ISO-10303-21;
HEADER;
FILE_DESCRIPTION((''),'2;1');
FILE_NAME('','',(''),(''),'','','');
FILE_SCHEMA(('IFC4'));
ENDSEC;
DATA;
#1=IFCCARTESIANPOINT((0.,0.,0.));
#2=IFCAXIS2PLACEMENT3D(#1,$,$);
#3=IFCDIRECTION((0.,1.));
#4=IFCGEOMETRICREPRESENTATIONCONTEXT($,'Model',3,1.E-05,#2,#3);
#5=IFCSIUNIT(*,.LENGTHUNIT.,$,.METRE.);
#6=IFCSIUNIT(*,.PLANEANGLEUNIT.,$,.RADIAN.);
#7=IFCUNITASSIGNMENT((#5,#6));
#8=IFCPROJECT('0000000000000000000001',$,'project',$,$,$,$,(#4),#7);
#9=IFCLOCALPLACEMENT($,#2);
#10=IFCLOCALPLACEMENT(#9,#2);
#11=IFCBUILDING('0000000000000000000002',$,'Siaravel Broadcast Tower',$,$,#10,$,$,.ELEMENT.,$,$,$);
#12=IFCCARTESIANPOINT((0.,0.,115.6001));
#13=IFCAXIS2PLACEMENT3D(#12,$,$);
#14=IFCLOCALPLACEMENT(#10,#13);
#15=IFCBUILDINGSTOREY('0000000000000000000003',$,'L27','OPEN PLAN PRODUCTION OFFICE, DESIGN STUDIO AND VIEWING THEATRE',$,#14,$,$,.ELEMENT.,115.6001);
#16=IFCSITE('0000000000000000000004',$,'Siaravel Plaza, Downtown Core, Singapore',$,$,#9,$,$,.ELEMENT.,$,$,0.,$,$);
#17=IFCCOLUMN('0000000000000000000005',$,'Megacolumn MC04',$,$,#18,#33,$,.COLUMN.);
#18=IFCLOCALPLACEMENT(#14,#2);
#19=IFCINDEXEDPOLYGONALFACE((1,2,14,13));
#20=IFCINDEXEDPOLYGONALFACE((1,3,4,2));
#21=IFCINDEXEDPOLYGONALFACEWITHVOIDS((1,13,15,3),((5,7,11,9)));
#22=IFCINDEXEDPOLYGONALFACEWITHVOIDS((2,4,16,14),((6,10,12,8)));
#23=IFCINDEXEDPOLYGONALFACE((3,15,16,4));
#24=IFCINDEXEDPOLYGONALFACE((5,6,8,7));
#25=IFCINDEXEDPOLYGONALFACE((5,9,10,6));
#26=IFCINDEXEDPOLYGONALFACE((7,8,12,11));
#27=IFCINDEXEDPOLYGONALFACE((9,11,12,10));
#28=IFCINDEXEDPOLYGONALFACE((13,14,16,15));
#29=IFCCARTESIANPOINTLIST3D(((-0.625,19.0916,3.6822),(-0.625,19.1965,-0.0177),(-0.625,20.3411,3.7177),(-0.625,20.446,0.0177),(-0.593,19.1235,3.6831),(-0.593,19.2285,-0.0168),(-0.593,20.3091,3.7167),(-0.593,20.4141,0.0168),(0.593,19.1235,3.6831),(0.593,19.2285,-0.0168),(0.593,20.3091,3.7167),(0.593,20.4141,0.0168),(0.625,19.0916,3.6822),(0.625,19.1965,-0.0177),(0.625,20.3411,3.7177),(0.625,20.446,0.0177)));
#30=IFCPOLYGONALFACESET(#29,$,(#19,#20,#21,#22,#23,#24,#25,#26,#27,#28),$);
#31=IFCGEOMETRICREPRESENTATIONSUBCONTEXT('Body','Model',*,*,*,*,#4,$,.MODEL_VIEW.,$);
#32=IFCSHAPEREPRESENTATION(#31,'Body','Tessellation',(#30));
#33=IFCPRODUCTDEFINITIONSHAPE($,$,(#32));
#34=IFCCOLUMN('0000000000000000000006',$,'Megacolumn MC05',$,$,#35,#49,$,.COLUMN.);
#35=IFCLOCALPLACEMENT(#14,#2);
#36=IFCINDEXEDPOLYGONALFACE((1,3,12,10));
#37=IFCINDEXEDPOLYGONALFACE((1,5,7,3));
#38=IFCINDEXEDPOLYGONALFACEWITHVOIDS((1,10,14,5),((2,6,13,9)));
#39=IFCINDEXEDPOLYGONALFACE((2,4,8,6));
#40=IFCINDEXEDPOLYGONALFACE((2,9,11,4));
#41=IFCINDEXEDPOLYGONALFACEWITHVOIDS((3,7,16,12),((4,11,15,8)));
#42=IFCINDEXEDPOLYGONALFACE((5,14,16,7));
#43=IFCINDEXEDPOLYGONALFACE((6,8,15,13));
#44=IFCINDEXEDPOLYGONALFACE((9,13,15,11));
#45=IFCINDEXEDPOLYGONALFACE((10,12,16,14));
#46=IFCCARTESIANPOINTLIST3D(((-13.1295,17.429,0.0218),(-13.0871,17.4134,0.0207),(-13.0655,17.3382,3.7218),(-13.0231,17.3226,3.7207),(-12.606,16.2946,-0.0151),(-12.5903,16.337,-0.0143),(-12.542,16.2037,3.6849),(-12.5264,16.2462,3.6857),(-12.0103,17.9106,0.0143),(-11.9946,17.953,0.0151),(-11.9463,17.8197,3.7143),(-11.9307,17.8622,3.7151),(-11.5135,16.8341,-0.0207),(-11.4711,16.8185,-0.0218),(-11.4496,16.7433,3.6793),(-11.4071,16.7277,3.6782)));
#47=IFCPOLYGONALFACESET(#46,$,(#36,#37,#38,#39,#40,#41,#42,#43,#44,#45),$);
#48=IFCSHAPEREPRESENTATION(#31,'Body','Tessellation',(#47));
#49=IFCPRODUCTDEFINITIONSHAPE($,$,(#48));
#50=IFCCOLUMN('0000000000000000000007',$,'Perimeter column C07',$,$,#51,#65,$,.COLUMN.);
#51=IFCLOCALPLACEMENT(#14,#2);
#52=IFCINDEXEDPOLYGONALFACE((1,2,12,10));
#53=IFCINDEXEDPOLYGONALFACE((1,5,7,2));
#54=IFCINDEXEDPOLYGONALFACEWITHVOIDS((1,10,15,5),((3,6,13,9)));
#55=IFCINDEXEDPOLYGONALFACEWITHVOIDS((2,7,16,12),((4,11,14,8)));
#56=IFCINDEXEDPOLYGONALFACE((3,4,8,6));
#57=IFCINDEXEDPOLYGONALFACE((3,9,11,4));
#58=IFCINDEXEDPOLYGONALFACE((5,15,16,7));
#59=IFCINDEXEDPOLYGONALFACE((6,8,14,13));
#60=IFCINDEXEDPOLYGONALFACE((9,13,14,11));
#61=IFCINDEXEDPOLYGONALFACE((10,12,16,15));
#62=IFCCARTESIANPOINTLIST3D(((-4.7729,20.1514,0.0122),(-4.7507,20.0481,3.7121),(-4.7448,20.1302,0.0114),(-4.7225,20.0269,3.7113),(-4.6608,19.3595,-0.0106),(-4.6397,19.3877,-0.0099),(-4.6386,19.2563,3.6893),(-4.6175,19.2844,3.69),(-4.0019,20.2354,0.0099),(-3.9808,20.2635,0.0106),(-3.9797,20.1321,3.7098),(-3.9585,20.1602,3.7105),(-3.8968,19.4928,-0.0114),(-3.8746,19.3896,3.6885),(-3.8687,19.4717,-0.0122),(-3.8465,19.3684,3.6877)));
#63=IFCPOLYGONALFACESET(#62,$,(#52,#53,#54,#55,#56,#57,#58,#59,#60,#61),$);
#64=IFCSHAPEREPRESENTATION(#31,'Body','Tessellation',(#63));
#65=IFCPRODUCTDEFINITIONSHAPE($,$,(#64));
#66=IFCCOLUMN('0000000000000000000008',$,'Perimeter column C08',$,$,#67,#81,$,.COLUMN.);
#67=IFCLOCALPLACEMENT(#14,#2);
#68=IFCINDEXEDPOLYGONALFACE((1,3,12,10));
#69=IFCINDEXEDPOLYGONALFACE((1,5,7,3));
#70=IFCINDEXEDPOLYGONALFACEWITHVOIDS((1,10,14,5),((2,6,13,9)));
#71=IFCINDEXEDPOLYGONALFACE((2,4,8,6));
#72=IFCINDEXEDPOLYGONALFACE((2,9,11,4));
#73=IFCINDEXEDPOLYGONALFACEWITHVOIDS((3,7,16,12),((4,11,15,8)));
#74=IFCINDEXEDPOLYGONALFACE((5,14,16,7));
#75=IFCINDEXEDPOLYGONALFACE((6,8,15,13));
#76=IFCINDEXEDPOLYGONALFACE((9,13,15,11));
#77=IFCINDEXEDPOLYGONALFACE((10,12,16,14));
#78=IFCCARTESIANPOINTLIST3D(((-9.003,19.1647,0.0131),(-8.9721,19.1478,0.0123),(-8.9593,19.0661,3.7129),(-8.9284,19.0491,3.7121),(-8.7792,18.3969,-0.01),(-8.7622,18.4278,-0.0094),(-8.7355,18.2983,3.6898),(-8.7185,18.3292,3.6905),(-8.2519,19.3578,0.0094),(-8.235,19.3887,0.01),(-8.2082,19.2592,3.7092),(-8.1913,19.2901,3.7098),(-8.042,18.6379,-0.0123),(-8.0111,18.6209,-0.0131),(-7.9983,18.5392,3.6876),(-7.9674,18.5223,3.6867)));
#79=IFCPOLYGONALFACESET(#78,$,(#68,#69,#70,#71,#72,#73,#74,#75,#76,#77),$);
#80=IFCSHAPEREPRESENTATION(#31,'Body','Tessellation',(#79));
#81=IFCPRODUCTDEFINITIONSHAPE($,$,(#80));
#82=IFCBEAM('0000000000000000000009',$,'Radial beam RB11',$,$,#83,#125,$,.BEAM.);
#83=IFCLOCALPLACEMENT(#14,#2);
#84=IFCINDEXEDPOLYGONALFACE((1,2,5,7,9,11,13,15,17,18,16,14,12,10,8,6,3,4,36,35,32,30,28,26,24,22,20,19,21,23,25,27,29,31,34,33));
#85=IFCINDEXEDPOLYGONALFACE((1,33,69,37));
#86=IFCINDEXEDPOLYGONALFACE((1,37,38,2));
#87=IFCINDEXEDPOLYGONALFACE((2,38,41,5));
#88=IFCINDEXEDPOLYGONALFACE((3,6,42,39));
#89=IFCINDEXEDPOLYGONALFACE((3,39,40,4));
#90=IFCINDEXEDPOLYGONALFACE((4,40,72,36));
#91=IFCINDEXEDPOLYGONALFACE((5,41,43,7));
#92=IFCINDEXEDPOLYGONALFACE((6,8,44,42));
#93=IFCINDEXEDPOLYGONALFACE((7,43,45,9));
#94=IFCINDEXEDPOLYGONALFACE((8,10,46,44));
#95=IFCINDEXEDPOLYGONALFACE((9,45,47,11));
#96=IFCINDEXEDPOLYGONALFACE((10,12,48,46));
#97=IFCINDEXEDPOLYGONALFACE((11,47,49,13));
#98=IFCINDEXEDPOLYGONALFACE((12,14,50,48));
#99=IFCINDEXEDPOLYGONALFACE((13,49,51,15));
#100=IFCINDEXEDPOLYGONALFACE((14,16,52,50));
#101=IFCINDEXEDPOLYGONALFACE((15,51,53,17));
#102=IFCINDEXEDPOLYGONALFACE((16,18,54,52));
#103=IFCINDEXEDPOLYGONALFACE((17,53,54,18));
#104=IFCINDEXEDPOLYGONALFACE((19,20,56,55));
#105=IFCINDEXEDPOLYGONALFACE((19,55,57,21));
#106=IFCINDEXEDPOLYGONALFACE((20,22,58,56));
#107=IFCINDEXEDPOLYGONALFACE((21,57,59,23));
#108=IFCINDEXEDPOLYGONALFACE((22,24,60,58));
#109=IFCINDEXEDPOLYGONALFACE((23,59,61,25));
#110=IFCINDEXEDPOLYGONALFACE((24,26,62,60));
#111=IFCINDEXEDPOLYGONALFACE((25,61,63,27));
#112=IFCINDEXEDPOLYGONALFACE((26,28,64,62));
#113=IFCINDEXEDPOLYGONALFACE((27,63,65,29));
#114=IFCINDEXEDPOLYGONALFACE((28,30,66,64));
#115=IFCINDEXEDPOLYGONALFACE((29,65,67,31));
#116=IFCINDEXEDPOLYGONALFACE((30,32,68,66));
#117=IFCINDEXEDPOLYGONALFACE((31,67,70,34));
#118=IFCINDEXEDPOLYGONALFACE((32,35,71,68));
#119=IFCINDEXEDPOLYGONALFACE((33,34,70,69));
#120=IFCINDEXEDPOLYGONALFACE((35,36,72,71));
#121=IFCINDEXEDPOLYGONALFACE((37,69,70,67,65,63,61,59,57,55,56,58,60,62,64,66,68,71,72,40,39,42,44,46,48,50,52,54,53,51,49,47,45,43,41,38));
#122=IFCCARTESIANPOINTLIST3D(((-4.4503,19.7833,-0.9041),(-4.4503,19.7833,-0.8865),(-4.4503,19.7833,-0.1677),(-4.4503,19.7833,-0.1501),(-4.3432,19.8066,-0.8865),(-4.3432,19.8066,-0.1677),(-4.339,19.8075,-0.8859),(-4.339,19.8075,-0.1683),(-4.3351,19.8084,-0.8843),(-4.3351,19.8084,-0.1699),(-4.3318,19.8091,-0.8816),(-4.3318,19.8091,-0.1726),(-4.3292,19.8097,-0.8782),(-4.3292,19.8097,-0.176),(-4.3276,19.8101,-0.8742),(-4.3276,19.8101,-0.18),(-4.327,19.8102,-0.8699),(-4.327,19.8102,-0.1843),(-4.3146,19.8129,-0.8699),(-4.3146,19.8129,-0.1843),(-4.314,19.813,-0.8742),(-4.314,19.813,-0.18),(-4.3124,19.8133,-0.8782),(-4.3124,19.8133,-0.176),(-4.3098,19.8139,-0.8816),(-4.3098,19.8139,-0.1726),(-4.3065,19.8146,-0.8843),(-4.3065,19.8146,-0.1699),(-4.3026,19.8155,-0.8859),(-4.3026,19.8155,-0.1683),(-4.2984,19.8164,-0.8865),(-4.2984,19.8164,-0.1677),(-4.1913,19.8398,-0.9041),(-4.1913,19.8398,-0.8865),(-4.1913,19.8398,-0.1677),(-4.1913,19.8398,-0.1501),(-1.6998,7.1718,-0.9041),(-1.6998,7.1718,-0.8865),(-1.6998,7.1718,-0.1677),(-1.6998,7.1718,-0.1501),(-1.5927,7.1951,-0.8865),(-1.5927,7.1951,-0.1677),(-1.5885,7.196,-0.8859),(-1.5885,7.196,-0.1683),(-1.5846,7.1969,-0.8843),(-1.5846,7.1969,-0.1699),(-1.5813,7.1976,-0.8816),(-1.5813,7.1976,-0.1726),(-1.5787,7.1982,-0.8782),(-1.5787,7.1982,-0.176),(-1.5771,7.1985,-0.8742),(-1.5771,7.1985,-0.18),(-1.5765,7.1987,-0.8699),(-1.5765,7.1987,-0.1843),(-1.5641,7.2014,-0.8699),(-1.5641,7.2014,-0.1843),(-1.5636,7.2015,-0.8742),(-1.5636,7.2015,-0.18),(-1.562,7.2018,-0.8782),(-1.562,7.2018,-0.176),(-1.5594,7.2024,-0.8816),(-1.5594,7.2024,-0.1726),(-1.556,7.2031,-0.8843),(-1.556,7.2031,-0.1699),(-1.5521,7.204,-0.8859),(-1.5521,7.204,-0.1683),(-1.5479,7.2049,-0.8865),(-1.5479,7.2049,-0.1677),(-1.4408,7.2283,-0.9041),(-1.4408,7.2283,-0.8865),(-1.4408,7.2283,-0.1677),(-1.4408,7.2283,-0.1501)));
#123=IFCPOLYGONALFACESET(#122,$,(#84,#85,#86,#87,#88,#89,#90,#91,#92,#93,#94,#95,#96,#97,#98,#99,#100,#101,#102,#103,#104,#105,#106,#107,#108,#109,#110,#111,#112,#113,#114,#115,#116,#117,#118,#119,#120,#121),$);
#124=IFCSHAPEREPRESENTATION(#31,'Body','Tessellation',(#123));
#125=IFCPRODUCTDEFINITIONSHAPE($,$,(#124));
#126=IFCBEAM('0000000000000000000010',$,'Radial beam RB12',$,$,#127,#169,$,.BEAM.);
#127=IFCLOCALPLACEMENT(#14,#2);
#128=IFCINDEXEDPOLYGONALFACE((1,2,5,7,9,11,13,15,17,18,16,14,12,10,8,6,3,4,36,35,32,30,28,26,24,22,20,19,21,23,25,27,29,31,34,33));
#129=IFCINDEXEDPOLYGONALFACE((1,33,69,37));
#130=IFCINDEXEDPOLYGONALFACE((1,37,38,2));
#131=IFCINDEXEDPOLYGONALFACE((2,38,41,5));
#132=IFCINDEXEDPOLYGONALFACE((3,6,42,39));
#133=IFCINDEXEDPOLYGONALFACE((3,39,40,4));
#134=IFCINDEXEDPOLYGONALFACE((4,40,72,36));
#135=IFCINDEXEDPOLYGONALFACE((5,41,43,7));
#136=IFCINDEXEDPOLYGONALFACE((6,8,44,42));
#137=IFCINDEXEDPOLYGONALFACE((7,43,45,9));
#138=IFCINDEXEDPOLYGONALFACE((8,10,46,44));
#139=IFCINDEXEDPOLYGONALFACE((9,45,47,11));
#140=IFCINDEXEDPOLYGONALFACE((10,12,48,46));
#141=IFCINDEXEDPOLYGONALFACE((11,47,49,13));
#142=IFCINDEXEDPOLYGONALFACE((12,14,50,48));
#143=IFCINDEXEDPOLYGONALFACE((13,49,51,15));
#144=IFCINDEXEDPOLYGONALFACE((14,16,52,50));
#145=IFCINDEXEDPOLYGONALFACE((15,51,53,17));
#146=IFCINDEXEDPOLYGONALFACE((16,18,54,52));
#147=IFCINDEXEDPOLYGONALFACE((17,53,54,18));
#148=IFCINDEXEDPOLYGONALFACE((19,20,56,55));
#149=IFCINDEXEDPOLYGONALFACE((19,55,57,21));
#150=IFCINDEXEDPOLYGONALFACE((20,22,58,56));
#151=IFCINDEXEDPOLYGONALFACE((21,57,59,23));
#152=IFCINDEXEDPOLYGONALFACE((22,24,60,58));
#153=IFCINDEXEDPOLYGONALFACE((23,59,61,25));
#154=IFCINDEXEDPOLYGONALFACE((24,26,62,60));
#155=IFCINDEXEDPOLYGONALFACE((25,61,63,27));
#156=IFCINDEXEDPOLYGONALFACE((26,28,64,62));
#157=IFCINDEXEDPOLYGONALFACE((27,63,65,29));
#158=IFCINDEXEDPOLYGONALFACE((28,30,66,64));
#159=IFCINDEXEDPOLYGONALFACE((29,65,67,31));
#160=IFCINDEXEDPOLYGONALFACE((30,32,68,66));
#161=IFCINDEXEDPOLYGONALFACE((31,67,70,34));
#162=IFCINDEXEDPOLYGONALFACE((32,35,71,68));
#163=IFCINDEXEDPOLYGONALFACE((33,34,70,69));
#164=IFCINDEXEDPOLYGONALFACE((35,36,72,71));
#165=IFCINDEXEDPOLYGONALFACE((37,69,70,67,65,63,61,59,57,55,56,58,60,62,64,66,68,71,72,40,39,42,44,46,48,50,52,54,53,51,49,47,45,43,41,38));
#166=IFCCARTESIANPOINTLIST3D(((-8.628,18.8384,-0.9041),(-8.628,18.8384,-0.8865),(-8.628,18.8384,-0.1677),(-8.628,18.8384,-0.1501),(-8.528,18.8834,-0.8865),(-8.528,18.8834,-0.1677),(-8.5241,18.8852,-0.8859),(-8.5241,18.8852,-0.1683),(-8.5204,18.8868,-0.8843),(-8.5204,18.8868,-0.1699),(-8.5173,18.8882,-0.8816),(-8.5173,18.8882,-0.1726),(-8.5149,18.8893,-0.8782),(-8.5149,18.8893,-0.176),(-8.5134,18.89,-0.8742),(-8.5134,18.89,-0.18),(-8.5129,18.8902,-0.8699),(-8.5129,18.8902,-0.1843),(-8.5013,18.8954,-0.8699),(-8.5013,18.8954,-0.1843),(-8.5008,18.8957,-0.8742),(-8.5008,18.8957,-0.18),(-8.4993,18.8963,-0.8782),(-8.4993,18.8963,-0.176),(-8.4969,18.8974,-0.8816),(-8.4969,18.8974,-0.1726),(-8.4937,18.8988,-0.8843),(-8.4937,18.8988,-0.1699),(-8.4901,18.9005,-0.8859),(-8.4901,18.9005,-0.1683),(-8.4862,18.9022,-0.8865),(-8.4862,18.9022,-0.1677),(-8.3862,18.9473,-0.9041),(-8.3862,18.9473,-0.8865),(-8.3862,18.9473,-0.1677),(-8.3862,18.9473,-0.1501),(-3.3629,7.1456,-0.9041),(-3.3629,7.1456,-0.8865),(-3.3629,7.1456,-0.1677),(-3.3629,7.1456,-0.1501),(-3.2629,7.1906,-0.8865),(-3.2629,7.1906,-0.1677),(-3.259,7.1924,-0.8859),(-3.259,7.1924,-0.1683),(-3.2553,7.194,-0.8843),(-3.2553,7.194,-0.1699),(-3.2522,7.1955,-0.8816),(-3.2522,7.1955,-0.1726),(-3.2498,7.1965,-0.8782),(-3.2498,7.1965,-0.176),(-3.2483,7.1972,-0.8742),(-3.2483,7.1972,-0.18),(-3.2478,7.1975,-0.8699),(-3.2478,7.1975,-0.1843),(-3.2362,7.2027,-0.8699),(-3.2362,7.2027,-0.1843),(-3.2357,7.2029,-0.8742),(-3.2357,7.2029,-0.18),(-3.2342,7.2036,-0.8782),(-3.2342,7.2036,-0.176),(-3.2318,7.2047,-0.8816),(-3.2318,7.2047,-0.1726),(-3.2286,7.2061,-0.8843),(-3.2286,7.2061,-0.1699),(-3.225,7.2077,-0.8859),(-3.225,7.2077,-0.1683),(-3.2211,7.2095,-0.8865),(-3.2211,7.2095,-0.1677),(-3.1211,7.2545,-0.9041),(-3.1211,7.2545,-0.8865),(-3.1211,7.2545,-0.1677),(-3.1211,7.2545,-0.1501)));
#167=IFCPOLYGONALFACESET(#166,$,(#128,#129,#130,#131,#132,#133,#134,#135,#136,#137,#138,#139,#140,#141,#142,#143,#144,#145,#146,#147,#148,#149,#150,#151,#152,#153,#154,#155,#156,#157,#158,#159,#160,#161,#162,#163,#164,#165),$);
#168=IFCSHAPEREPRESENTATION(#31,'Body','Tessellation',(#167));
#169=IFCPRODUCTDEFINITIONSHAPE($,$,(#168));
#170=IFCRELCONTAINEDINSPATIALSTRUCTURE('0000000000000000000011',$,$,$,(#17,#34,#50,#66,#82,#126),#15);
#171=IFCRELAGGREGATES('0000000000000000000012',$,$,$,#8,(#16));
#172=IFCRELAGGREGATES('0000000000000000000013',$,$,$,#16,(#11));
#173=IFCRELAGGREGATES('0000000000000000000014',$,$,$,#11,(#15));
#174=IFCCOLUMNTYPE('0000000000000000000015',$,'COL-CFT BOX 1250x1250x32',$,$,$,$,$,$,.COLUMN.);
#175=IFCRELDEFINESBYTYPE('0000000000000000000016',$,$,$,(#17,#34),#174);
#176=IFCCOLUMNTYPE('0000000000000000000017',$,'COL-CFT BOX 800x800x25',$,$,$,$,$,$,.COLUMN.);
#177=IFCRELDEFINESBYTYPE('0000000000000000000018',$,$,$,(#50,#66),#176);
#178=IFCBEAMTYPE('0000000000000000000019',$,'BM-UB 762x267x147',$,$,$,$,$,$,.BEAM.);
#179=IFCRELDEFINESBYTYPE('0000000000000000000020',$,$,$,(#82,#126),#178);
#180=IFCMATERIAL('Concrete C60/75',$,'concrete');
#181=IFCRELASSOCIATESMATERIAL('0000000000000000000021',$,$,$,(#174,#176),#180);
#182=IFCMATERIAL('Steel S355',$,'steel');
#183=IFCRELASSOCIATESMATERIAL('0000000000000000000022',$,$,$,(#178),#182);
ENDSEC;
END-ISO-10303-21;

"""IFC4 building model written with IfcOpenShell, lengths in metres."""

from ifc_helpers import new_model, si_unit, direction, frame, origin, origin_2d, place, context, subcontext, project, spatial, hollow_rectangle, i_section, extrude, material, material_profile, profile_set, type_object, element, save


model = new_model("IFC4")

# Units and contexts
model_context = context("Model", 3, precision=1e-05, world=origin(), true_north=direction((0.0, 1.0)))
body_context = subcontext(model_context, "Body", "Model", "MODEL_VIEW")
ifc_project = project(units=[si_unit("LENGTHUNIT", "METRE"), si_unit("PLANEANGLEUNIT", "RADIAN")], contexts=[model_context])

# Site, building, storey
site_placement = place(None, origin())
site = spatial("IfcSite", under=ifc_project, at=site_placement, Name="Siaravel Plaza, Downtown Core, Singapore", CompositionType="ELEMENT", RefElevation=0.0)
building_placement = place(site_placement, origin())
building = spatial("IfcBuilding", under=site, at=building_placement, Name="Siaravel Broadcast Tower", CompositionType="ELEMENT")
storey_placement = place(building_placement, frame((0.0, 0.0, 115.6001)))
storey = spatial("IfcBuildingStorey", under=building, at=storey_placement, Name="L27", Description="OPEN PLAN PRODUCTION OFFICE, DESIGN STUDIO AND VIEWING THEATRE", CompositionType="ELEMENT", Elevation=115.6001)

# Columns
ifc_material_1 = material(Name="Concrete C60/75", Category="concrete")
ifc_material_profile_1 = material_profile(ifc_material_1, hollow_rectangle(XDim=1.25, YDim=1.25, WallThickness=0.032, at=origin_2d()))
ifc_profile_set_1 = profile_set([ifc_material_profile_1], Name="Concrete C60/75")
column_type_1 = type_object("IfcColumnType", Name="COL-CFT BOX 1250x1250x32", PredefinedType="COLUMN", material=ifc_profile_set_1)
column_1_placement = place(storey_placement, frame((0.0, 19.8213, 0.0), z_axis=(0.0, -0.028362, 0.999598), x_axis=(1.0, 0.0, 0.0)))
element("IfcColumn", 1, at=column_1_placement, inside=storey, type_object=column_type_1, Name="Megacolumn MC04", PredefinedType="COLUMN", context=body_context, shape_type="SweptSolid", body=[
    extrude(hollow_rectangle(XDim=1.25, YDim=1.25, WallThickness=0.032, at=origin_2d()), origin(), (0.0, 0.0, 1.0), 3.7014),
])
column_2_placement = place(storey_placement, frame((-12.3003, 17.1238, 0.0), z_axis=(0.01728, -0.024535, 0.99955), x_axis=(0.907898, 0.419155, -0.005407)))
element("IfcColumn", 2, at=column_2_placement, inside=storey, type_object=column_type_1, Name="Megacolumn MC05", PredefinedType="COLUMN", context=body_context, shape_type="SweptSolid", body=[
    extrude(hollow_rectangle(XDim=1.25, YDim=1.25, WallThickness=0.032, at=origin_2d()), origin(), (0.0, 0.0, 1.0), 3.7017),
])
ifc_material_profile_2 = material_profile(ifc_material_1, hollow_rectangle(XDim=0.8, YDim=0.8, WallThickness=0.0249, at=origin_2d()))
ifc_profile_set_2 = profile_set([ifc_material_profile_2], Name="Concrete C60/75")
column_type_2 = type_object("IfcColumnType", Name="COL-CFT BOX 800x800x25", PredefinedType="COLUMN", material=ifc_profile_set_2)
for number, where, z_axis, x_axis, name in (
    (3, (-4.3208, 19.8115, 0.0), (0.006002, -0.0279, 0.999593), (0.990125, 0.140169, -0.002033), "Perimeter column C07"),
    (4, (-8.5071, 18.8928, 0.0), (0.011806, -0.026647, 0.999575), (0.959994, 0.279992, -0.003875), "Perimeter column C08"),
):
    element("IfcColumn", number, at=place(storey_placement, frame(where, z_axis=z_axis, x_axis=x_axis)), inside=storey, type_object=column_type_2, Name=name, PredefinedType="COLUMN", context=body_context, shape_type="SweptSolid", body=[
        extrude(hollow_rectangle(XDim=0.8, YDim=0.8, WallThickness=0.0249, at=origin_2d()), origin(), (0.0, 0.0, 1.0), 3.7014),
    ])

# Beams
ifc_material_2 = material(Name="Steel S355", Category="steel")
ifc_material_profile_3 = material_profile(ifc_material_2, i_section(OverallWidth=0.2651, OverallDepth=0.7539, WebThickness=0.0127, FlangeThickness=0.0176, FilletRadius=0.0166, at=origin_2d()))
ifc_profile_set_3 = profile_set([ifc_material_profile_3], Name="Steel S355")
beam_type = type_object("IfcBeamType", Name="BM-UB 762x267x147", PredefinedType="BEAM", material=ifc_profile_set_3)
beam_1_placement = place(storey_placement, frame((-4.3208, 19.8115, -0.5271), z_axis=(0.213084, -0.977034, 0.0), x_axis=(0.977034, 0.213084, 0.0)))
element("IfcBeam", 5, at=beam_1_placement, inside=storey, type_object=beam_type, Name="Radial beam RB11", PredefinedType="BEAM", context=body_context, shape_type="SweptSolid", body=[
    extrude(i_section(OverallWidth=0.2651, OverallDepth=0.7539, WebThickness=0.0127, FlangeThickness=0.0176, FilletRadius=0.0166, at=origin_2d()), origin(), (0.0, 0.0, 1.0), 12.908),
])
beam_2_placement = place(storey_placement, frame((-8.5071, 18.8928, -0.5271), z_axis=(0.410582, -0.911824, 0.0), x_axis=(0.911824, 0.410582, 0.0)))
element("IfcBeam", 6, at=beam_2_placement, inside=storey, type_object=beam_type, Name="Radial beam RB12", PredefinedType="BEAM", context=body_context, shape_type="SweptSolid", body=[
    extrude(i_section(OverallWidth=0.2651, OverallDepth=0.7539, WebThickness=0.0127, FlangeThickness=0.0176, FilletRadius=0.0166, at=origin_2d()), origin(), (0.0, 0.0, 1.0), 12.8235),
])

save(model, "model.ifc")
